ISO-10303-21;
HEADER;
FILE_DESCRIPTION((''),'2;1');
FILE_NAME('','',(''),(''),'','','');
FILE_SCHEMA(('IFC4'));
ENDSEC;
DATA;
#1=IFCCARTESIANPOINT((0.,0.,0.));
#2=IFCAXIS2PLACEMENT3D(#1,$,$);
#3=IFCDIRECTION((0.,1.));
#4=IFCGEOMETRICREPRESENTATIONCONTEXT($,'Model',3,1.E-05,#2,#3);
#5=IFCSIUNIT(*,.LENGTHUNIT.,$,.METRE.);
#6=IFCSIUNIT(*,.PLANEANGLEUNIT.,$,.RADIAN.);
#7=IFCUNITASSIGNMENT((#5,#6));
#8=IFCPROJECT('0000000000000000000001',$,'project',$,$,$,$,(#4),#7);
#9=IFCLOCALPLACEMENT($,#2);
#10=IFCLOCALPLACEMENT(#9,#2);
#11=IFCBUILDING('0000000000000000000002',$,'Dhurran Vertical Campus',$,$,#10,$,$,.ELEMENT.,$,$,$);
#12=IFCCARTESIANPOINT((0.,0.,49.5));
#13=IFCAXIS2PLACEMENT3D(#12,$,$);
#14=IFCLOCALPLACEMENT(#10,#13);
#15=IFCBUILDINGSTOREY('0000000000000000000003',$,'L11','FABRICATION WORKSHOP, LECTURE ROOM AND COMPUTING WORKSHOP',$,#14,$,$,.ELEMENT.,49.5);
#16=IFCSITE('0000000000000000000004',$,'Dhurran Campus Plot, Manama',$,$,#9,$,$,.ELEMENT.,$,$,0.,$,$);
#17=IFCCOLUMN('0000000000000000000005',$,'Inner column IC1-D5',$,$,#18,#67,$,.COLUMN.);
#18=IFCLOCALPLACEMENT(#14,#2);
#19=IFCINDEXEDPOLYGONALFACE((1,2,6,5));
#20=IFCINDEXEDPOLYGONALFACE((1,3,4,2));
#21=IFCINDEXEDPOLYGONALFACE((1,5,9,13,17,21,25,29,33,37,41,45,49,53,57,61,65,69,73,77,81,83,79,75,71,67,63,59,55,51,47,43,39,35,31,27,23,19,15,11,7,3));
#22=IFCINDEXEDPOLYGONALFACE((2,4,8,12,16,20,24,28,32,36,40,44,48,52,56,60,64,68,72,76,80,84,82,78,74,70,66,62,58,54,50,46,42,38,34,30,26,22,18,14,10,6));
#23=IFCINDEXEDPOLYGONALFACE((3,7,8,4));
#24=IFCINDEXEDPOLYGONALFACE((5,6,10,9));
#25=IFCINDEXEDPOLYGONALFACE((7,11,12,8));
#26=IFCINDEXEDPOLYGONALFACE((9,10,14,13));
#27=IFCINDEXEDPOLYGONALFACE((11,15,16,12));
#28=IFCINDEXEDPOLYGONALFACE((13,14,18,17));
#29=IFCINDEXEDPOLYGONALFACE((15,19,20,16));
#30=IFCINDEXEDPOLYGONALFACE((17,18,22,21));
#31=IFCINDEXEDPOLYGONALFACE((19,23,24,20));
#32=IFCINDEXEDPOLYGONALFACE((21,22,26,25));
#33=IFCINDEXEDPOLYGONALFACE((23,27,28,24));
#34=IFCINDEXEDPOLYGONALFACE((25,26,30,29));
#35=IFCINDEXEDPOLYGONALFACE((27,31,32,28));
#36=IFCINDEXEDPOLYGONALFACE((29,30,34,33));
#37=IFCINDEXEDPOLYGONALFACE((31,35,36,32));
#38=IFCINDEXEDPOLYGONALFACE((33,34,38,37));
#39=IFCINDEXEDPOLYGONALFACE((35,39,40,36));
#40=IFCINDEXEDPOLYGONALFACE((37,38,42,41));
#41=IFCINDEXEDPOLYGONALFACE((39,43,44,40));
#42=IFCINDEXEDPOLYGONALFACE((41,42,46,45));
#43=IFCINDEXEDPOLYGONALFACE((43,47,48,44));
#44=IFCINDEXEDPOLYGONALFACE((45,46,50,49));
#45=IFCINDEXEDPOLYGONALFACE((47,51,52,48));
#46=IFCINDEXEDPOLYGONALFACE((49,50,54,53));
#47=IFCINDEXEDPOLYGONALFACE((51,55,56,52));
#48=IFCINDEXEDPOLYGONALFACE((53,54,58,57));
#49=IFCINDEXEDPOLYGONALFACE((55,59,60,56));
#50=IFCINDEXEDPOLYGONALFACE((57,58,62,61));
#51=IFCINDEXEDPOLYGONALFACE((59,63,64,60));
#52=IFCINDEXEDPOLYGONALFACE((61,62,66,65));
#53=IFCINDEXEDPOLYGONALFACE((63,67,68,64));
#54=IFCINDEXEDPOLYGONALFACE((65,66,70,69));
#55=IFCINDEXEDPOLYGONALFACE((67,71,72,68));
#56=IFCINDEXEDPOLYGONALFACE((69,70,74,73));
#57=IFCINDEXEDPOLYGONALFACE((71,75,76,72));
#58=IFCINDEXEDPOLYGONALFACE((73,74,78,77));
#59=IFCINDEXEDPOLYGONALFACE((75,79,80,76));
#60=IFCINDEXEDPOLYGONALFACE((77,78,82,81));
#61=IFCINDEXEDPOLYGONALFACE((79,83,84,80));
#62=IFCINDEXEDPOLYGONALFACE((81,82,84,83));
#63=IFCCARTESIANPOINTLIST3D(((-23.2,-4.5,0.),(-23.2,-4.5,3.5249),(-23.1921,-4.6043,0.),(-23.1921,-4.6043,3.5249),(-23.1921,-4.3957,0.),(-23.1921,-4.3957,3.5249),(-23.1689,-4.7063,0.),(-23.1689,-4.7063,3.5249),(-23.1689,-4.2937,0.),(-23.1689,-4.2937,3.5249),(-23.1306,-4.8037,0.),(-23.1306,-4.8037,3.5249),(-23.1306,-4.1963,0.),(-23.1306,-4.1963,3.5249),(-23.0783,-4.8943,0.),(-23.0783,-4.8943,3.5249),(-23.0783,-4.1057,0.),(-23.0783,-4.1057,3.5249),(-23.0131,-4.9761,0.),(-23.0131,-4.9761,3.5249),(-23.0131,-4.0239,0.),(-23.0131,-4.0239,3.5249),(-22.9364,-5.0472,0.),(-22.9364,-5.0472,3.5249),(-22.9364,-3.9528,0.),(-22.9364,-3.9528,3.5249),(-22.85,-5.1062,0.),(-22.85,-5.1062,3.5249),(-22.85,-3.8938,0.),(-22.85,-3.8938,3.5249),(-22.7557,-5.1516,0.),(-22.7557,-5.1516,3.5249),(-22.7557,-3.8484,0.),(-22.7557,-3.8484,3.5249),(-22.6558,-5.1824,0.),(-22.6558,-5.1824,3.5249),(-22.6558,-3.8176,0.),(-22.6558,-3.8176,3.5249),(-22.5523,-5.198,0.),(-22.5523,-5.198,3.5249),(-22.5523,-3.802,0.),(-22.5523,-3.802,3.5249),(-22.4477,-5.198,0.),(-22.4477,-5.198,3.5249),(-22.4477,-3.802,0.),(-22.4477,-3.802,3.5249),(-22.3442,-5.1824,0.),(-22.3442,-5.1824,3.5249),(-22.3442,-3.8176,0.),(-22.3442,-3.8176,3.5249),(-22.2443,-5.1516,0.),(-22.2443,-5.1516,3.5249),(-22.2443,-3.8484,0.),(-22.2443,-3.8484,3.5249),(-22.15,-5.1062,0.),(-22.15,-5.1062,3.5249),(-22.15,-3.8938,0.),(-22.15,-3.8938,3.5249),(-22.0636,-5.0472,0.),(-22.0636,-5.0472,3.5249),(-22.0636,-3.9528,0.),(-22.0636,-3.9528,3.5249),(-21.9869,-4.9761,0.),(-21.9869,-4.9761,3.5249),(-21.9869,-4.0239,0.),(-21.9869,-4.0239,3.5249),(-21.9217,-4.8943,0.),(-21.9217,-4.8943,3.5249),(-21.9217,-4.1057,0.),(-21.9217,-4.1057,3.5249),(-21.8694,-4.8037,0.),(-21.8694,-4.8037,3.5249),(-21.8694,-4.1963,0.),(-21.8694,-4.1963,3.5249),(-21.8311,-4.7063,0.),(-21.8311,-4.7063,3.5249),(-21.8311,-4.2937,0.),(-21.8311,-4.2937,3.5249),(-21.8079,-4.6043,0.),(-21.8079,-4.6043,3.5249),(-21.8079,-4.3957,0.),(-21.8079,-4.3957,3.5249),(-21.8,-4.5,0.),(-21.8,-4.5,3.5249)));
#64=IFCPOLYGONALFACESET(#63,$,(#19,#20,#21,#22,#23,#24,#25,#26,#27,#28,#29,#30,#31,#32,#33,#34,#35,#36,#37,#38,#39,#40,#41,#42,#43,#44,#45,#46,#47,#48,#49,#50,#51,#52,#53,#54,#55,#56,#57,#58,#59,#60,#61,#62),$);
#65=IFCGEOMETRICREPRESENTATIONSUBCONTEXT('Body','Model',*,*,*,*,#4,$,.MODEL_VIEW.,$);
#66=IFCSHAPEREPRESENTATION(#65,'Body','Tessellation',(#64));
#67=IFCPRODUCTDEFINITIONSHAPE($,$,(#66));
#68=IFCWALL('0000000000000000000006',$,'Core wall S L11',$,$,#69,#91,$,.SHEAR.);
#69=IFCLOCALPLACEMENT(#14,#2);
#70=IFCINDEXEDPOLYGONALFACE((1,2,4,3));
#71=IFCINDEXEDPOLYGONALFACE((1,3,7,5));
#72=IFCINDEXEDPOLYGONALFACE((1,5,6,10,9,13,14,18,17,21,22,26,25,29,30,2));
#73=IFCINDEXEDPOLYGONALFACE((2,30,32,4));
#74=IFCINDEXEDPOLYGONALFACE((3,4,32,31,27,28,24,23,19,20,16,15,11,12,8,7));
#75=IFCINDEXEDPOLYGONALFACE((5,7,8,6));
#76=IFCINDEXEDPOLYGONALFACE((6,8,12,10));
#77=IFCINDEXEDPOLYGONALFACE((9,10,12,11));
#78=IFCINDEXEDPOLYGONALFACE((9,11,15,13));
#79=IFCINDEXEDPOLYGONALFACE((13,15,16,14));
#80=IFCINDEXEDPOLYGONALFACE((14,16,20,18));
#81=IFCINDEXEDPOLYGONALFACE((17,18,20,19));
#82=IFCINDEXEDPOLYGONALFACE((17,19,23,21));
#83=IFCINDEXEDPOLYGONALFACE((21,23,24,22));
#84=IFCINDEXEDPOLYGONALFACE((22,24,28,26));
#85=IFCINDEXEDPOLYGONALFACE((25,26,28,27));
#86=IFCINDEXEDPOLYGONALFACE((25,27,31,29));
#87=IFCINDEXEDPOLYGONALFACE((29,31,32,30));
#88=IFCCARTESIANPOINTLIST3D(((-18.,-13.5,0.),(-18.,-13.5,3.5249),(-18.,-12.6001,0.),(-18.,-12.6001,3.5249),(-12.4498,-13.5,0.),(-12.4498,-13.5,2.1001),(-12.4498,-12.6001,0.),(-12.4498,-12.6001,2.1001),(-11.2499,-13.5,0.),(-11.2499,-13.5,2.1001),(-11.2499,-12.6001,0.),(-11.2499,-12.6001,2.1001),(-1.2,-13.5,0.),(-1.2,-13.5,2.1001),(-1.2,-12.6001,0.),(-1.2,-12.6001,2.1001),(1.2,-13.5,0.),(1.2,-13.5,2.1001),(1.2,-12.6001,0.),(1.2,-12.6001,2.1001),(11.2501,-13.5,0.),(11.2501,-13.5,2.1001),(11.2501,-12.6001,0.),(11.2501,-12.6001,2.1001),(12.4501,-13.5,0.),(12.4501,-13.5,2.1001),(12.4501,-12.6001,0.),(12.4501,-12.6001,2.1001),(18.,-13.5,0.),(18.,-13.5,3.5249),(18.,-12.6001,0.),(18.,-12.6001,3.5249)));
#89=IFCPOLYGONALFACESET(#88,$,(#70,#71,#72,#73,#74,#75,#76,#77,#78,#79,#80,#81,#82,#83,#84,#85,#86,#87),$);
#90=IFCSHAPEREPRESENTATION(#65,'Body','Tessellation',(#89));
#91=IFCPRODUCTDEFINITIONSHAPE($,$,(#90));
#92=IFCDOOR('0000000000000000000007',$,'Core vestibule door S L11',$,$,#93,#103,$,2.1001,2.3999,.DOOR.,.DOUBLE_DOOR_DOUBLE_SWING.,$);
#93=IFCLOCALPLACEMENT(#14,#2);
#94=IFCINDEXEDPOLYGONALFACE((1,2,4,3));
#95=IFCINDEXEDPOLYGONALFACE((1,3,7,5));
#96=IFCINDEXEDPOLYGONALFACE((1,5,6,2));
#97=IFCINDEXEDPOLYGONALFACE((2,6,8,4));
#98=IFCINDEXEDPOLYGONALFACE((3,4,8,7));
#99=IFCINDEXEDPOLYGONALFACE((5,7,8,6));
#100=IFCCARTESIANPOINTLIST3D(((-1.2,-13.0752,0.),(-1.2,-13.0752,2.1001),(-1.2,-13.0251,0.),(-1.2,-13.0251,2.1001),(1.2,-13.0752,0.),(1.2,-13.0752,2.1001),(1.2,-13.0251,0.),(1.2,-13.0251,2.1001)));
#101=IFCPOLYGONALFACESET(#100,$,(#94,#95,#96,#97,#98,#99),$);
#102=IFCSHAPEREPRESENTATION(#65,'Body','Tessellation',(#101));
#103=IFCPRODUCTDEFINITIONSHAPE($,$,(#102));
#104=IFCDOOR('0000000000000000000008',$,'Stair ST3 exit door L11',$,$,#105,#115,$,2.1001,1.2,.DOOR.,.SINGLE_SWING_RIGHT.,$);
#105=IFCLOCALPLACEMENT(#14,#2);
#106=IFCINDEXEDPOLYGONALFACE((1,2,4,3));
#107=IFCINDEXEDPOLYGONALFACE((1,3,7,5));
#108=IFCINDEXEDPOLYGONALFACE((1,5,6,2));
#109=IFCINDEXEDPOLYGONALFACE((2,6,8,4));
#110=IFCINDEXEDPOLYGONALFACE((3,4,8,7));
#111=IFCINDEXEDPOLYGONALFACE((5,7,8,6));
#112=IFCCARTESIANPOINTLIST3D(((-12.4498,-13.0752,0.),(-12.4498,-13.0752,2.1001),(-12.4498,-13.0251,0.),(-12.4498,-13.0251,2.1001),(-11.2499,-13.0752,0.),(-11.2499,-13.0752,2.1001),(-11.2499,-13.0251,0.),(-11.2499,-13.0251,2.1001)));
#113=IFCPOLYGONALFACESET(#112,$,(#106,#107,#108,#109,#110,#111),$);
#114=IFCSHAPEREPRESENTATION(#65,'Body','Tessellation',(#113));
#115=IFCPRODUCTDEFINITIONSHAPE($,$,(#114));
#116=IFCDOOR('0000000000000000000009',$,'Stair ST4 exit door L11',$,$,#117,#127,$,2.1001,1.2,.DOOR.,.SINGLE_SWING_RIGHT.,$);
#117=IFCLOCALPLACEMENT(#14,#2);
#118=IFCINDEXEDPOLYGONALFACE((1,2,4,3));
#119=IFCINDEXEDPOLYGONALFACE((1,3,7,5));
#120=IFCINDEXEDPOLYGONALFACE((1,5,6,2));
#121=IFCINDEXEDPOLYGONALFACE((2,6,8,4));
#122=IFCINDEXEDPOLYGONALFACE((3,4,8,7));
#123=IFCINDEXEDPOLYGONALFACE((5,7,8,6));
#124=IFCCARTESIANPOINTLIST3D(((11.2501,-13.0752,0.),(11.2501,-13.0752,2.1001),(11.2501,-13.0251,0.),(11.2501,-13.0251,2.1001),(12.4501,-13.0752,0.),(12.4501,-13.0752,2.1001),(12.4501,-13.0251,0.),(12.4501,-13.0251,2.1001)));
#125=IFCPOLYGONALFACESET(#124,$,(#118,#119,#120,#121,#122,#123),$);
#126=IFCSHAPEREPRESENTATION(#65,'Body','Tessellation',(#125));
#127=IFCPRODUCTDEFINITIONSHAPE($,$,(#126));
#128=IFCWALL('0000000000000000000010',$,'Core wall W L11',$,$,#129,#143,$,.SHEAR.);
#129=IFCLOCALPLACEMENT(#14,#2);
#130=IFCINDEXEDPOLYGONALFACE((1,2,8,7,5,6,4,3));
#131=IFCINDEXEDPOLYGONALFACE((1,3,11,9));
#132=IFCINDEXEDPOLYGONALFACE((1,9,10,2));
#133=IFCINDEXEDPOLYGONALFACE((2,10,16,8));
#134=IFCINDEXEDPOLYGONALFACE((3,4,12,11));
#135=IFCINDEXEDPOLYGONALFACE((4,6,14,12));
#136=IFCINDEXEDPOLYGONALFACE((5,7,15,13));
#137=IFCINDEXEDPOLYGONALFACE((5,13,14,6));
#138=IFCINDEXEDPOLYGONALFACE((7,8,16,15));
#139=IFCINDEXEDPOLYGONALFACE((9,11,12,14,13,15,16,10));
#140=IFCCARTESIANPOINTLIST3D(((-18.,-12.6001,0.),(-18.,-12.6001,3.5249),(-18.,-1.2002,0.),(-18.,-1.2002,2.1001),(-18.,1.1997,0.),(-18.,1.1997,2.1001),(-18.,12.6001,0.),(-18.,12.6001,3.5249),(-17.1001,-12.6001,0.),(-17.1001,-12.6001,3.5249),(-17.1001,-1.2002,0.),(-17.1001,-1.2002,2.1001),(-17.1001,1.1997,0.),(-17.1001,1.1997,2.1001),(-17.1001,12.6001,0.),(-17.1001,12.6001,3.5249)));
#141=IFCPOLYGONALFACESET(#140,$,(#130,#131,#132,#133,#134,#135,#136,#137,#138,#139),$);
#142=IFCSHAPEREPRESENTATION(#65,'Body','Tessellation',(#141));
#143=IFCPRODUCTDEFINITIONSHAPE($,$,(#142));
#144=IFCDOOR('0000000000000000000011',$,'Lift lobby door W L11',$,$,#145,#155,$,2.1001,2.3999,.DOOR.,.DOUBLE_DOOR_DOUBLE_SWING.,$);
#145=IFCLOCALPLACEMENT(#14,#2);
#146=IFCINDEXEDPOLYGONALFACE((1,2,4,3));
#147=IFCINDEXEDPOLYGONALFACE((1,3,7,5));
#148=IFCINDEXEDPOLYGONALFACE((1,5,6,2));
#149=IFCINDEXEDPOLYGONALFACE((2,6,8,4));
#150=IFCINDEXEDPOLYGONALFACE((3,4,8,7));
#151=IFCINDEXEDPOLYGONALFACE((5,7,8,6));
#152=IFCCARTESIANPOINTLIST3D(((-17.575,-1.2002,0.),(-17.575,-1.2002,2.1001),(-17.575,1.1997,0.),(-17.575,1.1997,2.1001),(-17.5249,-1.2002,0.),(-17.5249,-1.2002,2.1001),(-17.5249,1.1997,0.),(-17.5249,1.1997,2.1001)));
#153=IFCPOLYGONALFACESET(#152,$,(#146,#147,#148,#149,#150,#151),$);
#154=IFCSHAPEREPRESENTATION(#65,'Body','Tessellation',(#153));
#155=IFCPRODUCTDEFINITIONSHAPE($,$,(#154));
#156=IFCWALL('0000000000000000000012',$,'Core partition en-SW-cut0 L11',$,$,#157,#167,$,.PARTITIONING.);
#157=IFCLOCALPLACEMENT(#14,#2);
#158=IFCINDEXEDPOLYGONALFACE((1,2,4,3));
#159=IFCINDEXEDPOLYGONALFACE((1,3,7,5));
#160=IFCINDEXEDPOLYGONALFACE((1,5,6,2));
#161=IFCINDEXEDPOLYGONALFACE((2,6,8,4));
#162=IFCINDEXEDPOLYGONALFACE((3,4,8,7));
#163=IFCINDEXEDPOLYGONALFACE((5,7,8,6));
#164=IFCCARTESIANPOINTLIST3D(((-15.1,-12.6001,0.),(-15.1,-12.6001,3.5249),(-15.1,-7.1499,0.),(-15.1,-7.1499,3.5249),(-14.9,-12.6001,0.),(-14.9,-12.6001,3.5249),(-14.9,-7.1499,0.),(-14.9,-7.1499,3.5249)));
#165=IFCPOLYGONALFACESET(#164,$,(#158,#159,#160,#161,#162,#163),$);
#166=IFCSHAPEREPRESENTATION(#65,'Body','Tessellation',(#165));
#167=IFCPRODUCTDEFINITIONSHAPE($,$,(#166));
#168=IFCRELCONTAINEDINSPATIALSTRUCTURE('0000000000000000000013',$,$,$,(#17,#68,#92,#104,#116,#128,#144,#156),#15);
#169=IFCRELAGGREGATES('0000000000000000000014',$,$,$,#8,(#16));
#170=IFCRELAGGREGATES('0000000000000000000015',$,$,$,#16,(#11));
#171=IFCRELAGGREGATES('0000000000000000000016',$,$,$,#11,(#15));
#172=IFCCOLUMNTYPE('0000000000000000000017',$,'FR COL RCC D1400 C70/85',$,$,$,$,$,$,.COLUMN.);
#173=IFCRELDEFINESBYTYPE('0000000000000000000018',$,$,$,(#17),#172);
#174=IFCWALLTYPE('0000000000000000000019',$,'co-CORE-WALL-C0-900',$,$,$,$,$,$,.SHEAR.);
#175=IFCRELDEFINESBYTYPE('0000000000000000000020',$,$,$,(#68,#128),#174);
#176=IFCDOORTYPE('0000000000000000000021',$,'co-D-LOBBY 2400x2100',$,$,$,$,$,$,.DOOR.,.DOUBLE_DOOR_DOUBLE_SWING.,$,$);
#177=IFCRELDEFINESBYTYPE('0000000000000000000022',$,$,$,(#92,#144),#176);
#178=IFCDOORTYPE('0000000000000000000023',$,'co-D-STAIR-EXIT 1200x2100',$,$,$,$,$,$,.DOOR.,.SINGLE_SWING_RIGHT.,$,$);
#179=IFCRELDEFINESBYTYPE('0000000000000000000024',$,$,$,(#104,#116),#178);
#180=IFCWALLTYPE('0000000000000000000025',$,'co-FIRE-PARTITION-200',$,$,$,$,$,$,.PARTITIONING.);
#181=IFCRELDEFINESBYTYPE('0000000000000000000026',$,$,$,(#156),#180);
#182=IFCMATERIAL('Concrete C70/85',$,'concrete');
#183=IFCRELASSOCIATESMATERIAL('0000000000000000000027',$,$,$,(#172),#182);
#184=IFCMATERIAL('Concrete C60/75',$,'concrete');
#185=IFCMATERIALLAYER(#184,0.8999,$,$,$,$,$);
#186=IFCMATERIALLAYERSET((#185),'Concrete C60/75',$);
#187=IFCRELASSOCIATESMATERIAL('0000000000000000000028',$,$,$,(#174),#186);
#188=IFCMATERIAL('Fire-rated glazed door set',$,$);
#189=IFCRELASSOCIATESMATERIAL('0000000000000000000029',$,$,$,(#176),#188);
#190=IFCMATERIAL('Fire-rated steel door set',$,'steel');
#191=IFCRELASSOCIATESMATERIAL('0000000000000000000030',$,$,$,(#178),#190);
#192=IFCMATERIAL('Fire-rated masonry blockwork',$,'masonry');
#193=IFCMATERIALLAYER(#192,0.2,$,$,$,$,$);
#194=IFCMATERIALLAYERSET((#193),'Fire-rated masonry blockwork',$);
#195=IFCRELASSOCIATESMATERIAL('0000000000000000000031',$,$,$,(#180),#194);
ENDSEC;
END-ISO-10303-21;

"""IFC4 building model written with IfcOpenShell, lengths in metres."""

from ifc_helpers import new_model, si_unit, direction, frame, frame_2d, origin, origin_2d, place, context, subcontext, project, spatial, rectangle, circle, extrude, material, layer, layer_set, material_profile, profile_set, type_object, element, fill, save


model = new_model("IFC4")

# Units and contexts
model_context = context("Model", 3, precision=1e-05, world=origin(), true_north=direction((0.0, 1.0)))
body_context = subcontext(model_context, "Body", "Model", "MODEL_VIEW")
ifc_project = project(units=[si_unit("LENGTHUNIT", "METRE"), si_unit("PLANEANGLEUNIT", "RADIAN")], contexts=[model_context])

# Site, building, storey
site_placement = place(None, origin())
site = spatial("IfcSite", under=ifc_project, at=site_placement, Name="Dhurran Campus Plot, Manama", CompositionType="ELEMENT", RefElevation=0.0)
building_placement = place(site_placement, origin())
building = spatial("IfcBuilding", under=site, at=building_placement, Name="Dhurran Vertical Campus", CompositionType="ELEMENT")
storey_placement = place(building_placement, frame((0.0, 0.0, 49.5)))
storey = spatial("IfcBuildingStorey", under=building, at=storey_placement, Name="L11", Description="FABRICATION WORKSHOP, LECTURE ROOM AND COMPUTING WORKSHOP", CompositionType="ELEMENT", Elevation=49.5)

# Column
ifc_material_1 = material(Name="Concrete C70/85", Category="concrete")
ifc_material_profile = material_profile(ifc_material_1, circle(Radius=0.7, at=origin_2d()), Name="RCC D1400")
ifc_profile_set = profile_set([ifc_material_profile], Name="Concrete C70/85")
column_type = type_object("IfcColumnType", Name="FR COL RCC D1400 C70/85", PredefinedType="COLUMN", material=ifc_profile_set)
column_placement = place(storey_placement, frame((-22.5, -4.5, 0.0), z_axis=(0.0, 0.0, 1.0), x_axis=(1.0, 0.0, 0.0)))
element("IfcColumn", 1, at=column_placement, inside=storey, type_object=column_type, Name="Inner column IC1-D5", PredefinedType="COLUMN", context=body_context, shape_type="SweptSolid", body=[
    extrude(circle(Radius=0.7, at=origin_2d()), origin(), (0.0, 0.0, 1.0), 3.5249),
])

# Wall, openings, doors
ifc_material_2 = material(Name="Concrete C60/75", Category="concrete")
ifc_layer_1 = layer(ifc_material_2, 0.8999)
ifc_layer_set_1 = layer_set([ifc_layer_1], Name="Concrete C60/75")
wall_type_1 = type_object("IfcWallType", Name="co-CORE-WALL-C0-900", PredefinedType="SHEAR", material=ifc_layer_set_1)
wall_1_placement = place(storey_placement, frame((-18.0, -13.05, 0.0), z_axis=(0.0, 0.0, 1.0), x_axis=(1.0, 0.0, 0.0)))
wall_1 = element("IfcWall", 2, at=wall_1_placement, inside=storey, type_object=wall_type_1, Name="Core wall S L11", PredefinedType="SHEAR", context=body_context, shape_type="SweptSolid", body=[
    extrude(rectangle(XDim=36.0, YDim=0.8999, at=frame_2d((18.0, 0.0))), origin(), (0.0, 0.0, 1.0), 3.5249),
])
opening_1_placement = place(wall_1_placement, frame((16.8, 0.0, 0.0)))
opening_1 = element("IfcOpeningElement", 3, at=opening_1_placement, cuts=wall_1, PredefinedType="OPENING", context=body_context, shape_type="SweptSolid", body=[
    extrude(rectangle(XDim=2.3999, YDim=2.1001, at=frame_2d((1.2, 1.05))), frame((0.0, 0.46, 0.0), z_axis=(0.0, -1.0, 0.0), x_axis=(1.0, 0.0, 0.0)), (0.0, 0.0, 1.0), 0.9199),
])
opening_2_placement = place(wall_1_placement, frame((5.55, 0.0, 0.0)))
opening_2 = element("IfcOpeningElement", 4, at=opening_2_placement, cuts=wall_1, PredefinedType="OPENING", context=body_context, shape_type="SweptSolid", body=[
    extrude(rectangle(XDim=1.2, YDim=2.1001, at=frame_2d((0.6001, 1.05))), frame((0.0, 0.46, 0.0), z_axis=(0.0, -1.0, 0.0), x_axis=(1.0, 0.0, 0.0)), (0.0, 0.0, 1.0), 0.9199),
])
opening_3_placement = place(wall_1_placement, frame((29.25, 0.0, 0.0)))
opening_3 = element("IfcOpeningElement", 5, at=opening_3_placement, cuts=wall_1, PredefinedType="OPENING", context=body_context, shape_type="SweptSolid", body=[
    extrude(rectangle(XDim=1.2, YDim=2.1001, at=frame_2d((0.6001, 1.05))), frame((0.0, 0.46, 0.0), z_axis=(0.0, -1.0, 0.0), x_axis=(1.0, 0.0, 0.0)), (0.0, 0.0, 1.0), 0.9199),
])
ifc_material_3 = material(Name="Fire-rated glazed door set")
door_type_1 = type_object("IfcDoorType", Name="co-D-LOBBY 2400x2100", OperationType="DOUBLE_DOOR_DOUBLE_SWING", PredefinedType="DOOR", material=ifc_material_3)
door_1_placement = place(opening_1_placement, origin())
door_1 = element("IfcDoor", 6, at=door_1_placement, inside=storey, type_object=door_type_1, Name="Core vestibule door S L11", OperationType="DOUBLE_DOOR_DOUBLE_SWING", OverallHeight=2.1001, OverallWidth=2.3999, PredefinedType="DOOR", context=body_context, shape_type="SweptSolid", body=[
    extrude(rectangle(XDim=2.3999, YDim=2.1001, at=frame_2d((1.2, 1.05))), frame((0.0, 0.0249, 0.0), z_axis=(0.0, -1.0, 0.0), x_axis=(1.0, 0.0, 0.0)), (0.0, 0.0, 1.0), 0.05),
])
fill(opening_1, door_1)
ifc_material_4 = material(Name="Fire-rated steel door set", Category="steel")
door_type_2 = type_object("IfcDoorType", Name="co-D-STAIR-EXIT 1200x2100", OperationType="SINGLE_SWING_RIGHT", PredefinedType="DOOR", material=ifc_material_4)
door_2_placement = place(opening_2_placement, origin())
door_2 = element("IfcDoor", 7, at=door_2_placement, inside=storey, type_object=door_type_2, Name="Stair ST3 exit door L11", OperationType="SINGLE_SWING_RIGHT", OverallHeight=2.1001, OverallWidth=1.2, PredefinedType="DOOR", context=body_context, shape_type="SweptSolid", body=[
    extrude(rectangle(XDim=1.2, YDim=2.1001, at=frame_2d((0.6001, 1.05))), frame((0.0, 0.0249, 0.0), z_axis=(0.0, -1.0, 0.0), x_axis=(1.0, 0.0, 0.0)), (0.0, 0.0, 1.0), 0.05),
])
fill(opening_2, door_2)
door_3_placement = place(opening_3_placement, origin())
door_3 = element("IfcDoor", 8, at=door_3_placement, inside=storey, type_object=door_type_2, Name="Stair ST4 exit door L11", OperationType="SINGLE_SWING_RIGHT", OverallHeight=2.1001, OverallWidth=1.2, PredefinedType="DOOR", context=body_context, shape_type="SweptSolid", body=[
    extrude(rectangle(XDim=1.2, YDim=2.1001, at=frame_2d((0.6001, 1.05))), frame((0.0, 0.0249, 0.0), z_axis=(0.0, -1.0, 0.0), x_axis=(1.0, 0.0, 0.0)), (0.0, 0.0, 1.0), 0.05),
])
fill(opening_3, door_3)

# Wall, opening, door
wall_2_placement = place(storey_placement, frame((-17.55, -12.6001, 0.0), z_axis=(0.0, 0.0, 1.0), x_axis=(0.0, 1.0, 0.0)))
wall_2 = element("IfcWall", 9, at=wall_2_placement, inside=storey, type_object=wall_type_1, Name="Core wall W L11", PredefinedType="SHEAR", context=body_context, shape_type="SweptSolid", body=[
    extrude(rectangle(XDim=25.2002, YDim=0.8999, at=frame_2d((12.6001, 0.0))), origin(), (0.0, 0.0, 1.0), 3.5249),
])
opening_4_placement = place(wall_2_placement, frame((11.3999, 0.0, 0.0)))
opening_4 = element("IfcOpeningElement", 10, at=opening_4_placement, cuts=wall_2, PredefinedType="OPENING", context=body_context, shape_type="SweptSolid", body=[
    extrude(rectangle(XDim=2.3999, YDim=2.1001, at=frame_2d((1.2, 1.05))), frame((0.0, 0.46, 0.0), z_axis=(0.0, -1.0, 0.0), x_axis=(1.0, 0.0, 0.0)), (0.0, 0.0, 1.0), 0.9199),
])
door_4_placement = place(opening_4_placement, origin())
door_4 = element("IfcDoor", 11, at=door_4_placement, inside=storey, type_object=door_type_1, Name="Lift lobby door W L11", OperationType="DOUBLE_DOOR_DOUBLE_SWING", OverallHeight=2.1001, OverallWidth=2.3999, PredefinedType="DOOR", context=body_context, shape_type="SweptSolid", body=[
    extrude(rectangle(XDim=2.3999, YDim=2.1001, at=frame_2d((1.2, 1.05))), frame((0.0, 0.0249, 0.0), z_axis=(0.0, -1.0, 0.0), x_axis=(1.0, 0.0, 0.0)), (0.0, 0.0, 1.0), 0.05),
])
fill(opening_4, door_4)

# Wall
ifc_material_5 = material(Name="Fire-rated masonry blockwork", Category="masonry")
ifc_layer_2 = layer(ifc_material_5, 0.2)
ifc_layer_set_2 = layer_set([ifc_layer_2], Name="Fire-rated masonry blockwork")
wall_type_2 = type_object("IfcWallType", Name="co-FIRE-PARTITION-200", PredefinedType="PARTITIONING", material=ifc_layer_set_2)
wall_3_placement = place(storey_placement, frame((-15.0, -12.6001, 0.0), z_axis=(0.0, 0.0, 1.0), x_axis=(0.0, 1.0, 0.0)))
element("IfcWall", 12, at=wall_3_placement, inside=storey, type_object=wall_type_2, Name="Core partition en-SW-cut0 L11", PredefinedType="PARTITIONING", context=body_context, shape_type="SweptSolid", body=[
    extrude(rectangle(XDim=5.4502, YDim=0.2, at=frame_2d((2.7251, 0.0))), origin(), (0.0, 0.0, 1.0), 3.5249),
])

save(model, "model.ifc")
